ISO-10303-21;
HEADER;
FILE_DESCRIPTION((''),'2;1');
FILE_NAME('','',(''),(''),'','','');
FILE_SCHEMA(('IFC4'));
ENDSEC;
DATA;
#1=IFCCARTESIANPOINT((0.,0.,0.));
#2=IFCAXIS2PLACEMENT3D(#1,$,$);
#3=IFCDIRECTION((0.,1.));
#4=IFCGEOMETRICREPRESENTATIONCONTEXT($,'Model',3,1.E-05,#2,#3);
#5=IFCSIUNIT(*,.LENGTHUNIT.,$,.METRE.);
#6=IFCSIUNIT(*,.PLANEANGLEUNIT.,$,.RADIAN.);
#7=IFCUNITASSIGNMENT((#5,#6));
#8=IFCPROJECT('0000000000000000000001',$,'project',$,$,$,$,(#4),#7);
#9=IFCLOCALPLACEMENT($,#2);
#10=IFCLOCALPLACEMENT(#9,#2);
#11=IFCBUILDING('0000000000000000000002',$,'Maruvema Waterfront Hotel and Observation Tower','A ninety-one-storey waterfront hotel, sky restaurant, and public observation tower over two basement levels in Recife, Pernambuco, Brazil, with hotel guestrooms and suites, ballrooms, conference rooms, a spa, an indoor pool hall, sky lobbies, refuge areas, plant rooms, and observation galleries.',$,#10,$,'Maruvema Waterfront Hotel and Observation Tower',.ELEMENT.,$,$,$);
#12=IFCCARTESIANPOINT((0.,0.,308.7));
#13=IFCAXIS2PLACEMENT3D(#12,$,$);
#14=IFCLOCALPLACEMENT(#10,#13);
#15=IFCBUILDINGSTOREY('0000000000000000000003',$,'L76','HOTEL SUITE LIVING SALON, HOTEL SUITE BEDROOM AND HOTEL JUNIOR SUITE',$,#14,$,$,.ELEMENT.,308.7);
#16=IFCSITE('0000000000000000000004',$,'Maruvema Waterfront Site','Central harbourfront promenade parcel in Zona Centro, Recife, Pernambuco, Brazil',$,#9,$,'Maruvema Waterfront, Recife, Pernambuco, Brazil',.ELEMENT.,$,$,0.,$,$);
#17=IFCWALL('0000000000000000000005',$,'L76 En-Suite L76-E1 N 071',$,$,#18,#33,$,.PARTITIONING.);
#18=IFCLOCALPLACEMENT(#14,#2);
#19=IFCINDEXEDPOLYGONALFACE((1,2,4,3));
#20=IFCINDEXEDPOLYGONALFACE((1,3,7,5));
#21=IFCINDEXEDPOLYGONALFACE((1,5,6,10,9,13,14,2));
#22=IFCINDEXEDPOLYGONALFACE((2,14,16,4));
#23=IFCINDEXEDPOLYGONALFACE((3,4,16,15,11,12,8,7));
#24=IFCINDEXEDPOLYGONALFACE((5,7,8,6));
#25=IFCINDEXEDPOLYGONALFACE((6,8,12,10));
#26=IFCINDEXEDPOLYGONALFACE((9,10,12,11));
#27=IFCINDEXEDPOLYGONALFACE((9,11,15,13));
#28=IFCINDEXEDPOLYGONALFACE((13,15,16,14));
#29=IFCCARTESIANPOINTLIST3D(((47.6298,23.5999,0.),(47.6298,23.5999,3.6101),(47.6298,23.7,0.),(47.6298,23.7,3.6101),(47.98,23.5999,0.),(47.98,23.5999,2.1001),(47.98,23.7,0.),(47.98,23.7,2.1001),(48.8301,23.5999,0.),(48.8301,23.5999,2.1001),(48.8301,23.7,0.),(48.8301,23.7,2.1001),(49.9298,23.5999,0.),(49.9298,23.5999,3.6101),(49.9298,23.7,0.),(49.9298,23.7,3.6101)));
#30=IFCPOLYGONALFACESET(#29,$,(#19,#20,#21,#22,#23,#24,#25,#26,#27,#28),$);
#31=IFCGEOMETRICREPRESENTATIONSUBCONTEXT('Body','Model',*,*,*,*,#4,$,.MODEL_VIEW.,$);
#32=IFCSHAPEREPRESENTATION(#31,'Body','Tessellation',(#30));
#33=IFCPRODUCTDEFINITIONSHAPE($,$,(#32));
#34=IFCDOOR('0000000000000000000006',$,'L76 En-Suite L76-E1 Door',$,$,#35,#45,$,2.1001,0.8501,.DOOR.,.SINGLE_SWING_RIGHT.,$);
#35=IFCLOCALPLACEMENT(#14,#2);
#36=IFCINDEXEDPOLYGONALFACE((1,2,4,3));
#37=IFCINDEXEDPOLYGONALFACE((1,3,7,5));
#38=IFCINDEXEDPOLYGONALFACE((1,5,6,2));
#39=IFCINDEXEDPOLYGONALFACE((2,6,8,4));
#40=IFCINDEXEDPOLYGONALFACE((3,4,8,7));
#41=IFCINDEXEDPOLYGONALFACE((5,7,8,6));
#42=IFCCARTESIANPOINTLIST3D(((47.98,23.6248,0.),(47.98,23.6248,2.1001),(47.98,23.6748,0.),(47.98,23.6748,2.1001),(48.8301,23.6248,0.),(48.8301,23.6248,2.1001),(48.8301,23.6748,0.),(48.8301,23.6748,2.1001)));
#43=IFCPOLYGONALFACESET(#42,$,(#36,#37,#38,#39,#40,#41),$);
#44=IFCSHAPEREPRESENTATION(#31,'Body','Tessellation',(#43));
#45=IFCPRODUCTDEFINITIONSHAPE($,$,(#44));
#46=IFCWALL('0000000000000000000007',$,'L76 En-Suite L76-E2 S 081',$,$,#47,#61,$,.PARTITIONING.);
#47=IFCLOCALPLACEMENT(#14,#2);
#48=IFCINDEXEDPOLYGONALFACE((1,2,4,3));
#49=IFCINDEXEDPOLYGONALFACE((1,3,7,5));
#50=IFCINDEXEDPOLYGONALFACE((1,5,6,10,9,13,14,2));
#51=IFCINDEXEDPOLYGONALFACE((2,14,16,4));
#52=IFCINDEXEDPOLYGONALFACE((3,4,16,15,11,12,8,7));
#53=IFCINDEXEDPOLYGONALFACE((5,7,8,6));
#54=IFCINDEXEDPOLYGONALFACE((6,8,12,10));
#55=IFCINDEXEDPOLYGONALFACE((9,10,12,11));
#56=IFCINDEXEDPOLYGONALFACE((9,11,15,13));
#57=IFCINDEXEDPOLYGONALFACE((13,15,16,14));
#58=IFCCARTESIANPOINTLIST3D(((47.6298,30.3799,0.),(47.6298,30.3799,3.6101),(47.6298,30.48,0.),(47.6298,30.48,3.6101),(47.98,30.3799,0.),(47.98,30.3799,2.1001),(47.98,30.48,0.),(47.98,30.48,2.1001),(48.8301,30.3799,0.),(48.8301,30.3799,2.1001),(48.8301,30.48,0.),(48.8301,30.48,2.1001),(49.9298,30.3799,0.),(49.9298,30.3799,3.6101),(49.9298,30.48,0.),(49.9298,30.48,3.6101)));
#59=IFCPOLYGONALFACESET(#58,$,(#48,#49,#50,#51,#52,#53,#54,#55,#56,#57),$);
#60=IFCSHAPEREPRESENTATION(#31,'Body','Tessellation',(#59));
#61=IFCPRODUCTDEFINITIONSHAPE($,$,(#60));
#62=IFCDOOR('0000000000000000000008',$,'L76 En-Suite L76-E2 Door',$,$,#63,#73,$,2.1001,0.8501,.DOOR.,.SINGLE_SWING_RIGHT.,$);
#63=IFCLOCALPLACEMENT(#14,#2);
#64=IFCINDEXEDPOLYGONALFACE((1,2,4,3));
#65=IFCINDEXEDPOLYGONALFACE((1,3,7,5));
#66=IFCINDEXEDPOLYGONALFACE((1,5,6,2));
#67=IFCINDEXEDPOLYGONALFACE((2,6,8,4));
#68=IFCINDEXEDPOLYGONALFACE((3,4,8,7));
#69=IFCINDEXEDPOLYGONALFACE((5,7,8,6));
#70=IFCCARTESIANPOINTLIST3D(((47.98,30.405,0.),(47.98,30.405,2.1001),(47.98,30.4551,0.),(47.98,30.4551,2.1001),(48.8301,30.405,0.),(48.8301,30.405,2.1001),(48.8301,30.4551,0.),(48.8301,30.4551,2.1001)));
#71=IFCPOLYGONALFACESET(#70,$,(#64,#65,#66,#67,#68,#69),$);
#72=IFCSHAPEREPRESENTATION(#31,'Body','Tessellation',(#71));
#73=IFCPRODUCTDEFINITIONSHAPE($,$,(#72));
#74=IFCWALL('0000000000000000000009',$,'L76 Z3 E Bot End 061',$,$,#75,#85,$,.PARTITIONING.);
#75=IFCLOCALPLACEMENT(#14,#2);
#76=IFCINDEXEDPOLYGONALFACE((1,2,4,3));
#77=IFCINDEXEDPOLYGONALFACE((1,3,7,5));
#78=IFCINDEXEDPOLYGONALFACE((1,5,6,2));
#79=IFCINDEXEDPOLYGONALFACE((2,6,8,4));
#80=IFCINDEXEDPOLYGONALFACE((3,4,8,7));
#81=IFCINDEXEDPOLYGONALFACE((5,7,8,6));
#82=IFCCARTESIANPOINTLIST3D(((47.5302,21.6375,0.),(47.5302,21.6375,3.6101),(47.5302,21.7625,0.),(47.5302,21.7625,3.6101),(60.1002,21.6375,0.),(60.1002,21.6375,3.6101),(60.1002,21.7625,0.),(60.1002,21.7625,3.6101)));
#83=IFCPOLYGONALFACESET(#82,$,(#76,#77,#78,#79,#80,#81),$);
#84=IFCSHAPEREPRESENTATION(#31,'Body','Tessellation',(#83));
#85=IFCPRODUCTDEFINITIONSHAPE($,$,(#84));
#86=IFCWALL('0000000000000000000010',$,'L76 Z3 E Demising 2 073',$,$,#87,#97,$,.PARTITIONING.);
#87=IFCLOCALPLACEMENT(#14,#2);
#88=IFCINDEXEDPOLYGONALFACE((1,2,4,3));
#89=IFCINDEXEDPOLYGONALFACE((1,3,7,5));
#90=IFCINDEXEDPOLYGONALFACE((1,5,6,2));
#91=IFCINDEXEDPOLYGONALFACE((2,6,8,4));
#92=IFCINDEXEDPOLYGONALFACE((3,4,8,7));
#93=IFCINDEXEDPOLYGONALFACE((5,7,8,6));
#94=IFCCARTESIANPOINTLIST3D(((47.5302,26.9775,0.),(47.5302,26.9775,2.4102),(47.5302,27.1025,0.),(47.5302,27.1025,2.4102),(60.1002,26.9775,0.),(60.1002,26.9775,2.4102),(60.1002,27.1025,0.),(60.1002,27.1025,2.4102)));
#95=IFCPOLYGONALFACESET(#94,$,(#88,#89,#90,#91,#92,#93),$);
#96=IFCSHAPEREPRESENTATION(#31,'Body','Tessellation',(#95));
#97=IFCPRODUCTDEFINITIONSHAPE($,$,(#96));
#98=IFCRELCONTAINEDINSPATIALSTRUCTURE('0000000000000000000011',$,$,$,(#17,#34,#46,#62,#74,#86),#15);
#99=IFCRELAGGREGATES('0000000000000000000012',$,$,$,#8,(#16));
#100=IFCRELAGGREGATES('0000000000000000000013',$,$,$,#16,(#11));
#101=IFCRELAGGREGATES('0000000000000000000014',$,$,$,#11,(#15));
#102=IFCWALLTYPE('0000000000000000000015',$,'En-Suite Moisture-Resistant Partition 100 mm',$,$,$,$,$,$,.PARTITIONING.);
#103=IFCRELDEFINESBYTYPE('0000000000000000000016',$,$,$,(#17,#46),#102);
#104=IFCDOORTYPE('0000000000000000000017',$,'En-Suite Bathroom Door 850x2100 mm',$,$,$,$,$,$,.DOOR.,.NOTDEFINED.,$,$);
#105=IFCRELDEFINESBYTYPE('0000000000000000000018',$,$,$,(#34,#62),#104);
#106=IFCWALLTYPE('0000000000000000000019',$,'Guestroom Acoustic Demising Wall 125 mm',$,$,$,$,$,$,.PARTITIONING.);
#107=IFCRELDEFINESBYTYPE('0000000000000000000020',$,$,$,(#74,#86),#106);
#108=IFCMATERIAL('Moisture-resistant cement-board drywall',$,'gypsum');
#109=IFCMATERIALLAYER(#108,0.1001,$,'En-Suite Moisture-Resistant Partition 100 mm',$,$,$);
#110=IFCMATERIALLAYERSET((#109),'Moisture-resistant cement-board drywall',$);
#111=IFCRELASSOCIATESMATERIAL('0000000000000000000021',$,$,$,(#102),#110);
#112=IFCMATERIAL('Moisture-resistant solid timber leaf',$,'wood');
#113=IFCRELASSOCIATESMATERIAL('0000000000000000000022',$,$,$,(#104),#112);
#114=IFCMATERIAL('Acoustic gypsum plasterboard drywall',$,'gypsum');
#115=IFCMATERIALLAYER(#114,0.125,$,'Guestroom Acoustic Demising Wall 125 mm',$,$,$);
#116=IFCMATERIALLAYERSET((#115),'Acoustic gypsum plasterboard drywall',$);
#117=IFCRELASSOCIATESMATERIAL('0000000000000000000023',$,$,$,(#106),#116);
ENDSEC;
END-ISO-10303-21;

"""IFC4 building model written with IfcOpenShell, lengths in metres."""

from ifc_helpers import new_model, si_unit, direction, frame, frame_2d, origin, place, context, subcontext, project, spatial, rectangle, extrude, material, layer, layer_set, type_object, element, fill, save


model = new_model("IFC4")

# Units and contexts
model_context = context("Model", 3, precision=1e-05, world=origin(), true_north=direction((0.0, 1.0)))
body_context = subcontext(model_context, "Body", "Model", "MODEL_VIEW")
ifc_project = project(units=[si_unit("LENGTHUNIT", "METRE"), si_unit("PLANEANGLEUNIT", "RADIAN")], contexts=[model_context])

# Site, building, storey
site_placement = place(None, origin())
site = spatial("IfcSite", under=ifc_project, at=site_placement, Name="Maruvema Waterfront Site", Description="Central harbourfront promenade parcel in Zona Centro, Recife, Pernambuco, Brazil", LongName="Maruvema Waterfront, Recife, Pernambuco, Brazil", CompositionType="ELEMENT", RefElevation=0.0)
building_placement = place(site_placement, origin())
building = spatial("IfcBuilding", under=site, at=building_placement, Name="Maruvema Waterfront Hotel and Observation Tower", Description="A ninety-one-storey waterfront hotel, sky restaurant, and public observation tower over two basement levels in Recife, Pernambuco, Brazil, with hotel guestrooms and suites, ballrooms, conference rooms, a spa, an indoor pool hall, sky lobbies, refuge areas, plant rooms, and observation galleries.", LongName="Maruvema Waterfront Hotel and Observation Tower", CompositionType="ELEMENT")
storey_placement = place(building_placement, frame((0.0, 0.0, 308.7)))
storey = spatial("IfcBuildingStorey", under=building, at=storey_placement, Name="L76", Description="HOTEL SUITE LIVING SALON, HOTEL SUITE BEDROOM AND HOTEL JUNIOR SUITE", CompositionType="ELEMENT", Elevation=308.7)

# Shared definitions
ifc_material_1 = material(Name="Moisture-resistant cement-board drywall", Category="gypsum")
ifc_layer_1 = layer(ifc_material_1, 0.1001, Name="En-Suite Moisture-Resistant Partition 100 mm")
ifc_layer_set_1 = layer_set([ifc_layer_1], Name="Moisture-resistant cement-board drywall")
wall_type_1 = type_object("IfcWallType", Name="En-Suite Moisture-Resistant Partition 100 mm", PredefinedType="PARTITIONING", material=ifc_layer_set_1)

# Walls, openings, doors
ifc_material_2 = material(Name="Moisture-resistant solid timber leaf", Category="wood")
door_type_1 = type_object("IfcDoorType", Name="En-Suite Bathroom Door 850x2100 mm", OperationType="NOTDEFINED", PredefinedType="DOOR", material=ifc_material_2)
wall_1_placement = place(storey_placement, frame((47.6299, 23.6499, 0.0), z_axis=(0.0, 0.0, 1.0), x_axis=(1.0, 0.0, 0.0)))
wall_1 = element("IfcWall", 1, at=wall_1_placement, inside=storey, type_object=wall_type_1, Name="L76 En-Suite L76-E1 N 071", PredefinedType="PARTITIONING", context=body_context, shape_type="SweptSolid", body=[
    extrude(rectangle(XDim=2.3, YDim=0.1001, at=frame_2d((1.1499, 0.0))), origin(), (0.0, 0.0, 1.0), 3.6101),
])
opening_1_placement = place(wall_1_placement, frame((0.3501, 0.0, 0.0)))
opening_1 = element("IfcOpeningElement", 2, at=opening_1_placement, cuts=wall_1, PredefinedType="OPENING", context=body_context, shape_type="SweptSolid", body=[
    extrude(rectangle(XDim=0.8501, YDim=2.1001, at=frame_2d((0.425, 1.05))), frame((0.0, 0.0601, 0.0), z_axis=(0.0, -1.0, 0.0), x_axis=(1.0, 0.0, 0.0)), (0.0, 0.0, 1.0), 0.1201),
])
door_1_placement = place(opening_1_placement, origin())
door_1 = element("IfcDoor", 3, at=door_1_placement, inside=storey, type_object=door_type_1, Name="L76 En-Suite L76-E1 Door", OperationType="SINGLE_SWING_RIGHT", OverallHeight=2.1001, OverallWidth=0.8501, PredefinedType="DOOR", context=body_context, shape_type="SweptSolid", body=[
    extrude(rectangle(XDim=0.8501, YDim=2.1001, at=frame_2d((0.425, 1.05))), frame((0.0, 0.0249, 0.0), z_axis=(0.0, -1.0, 0.0), x_axis=(1.0, 0.0, 0.0)), (0.0, 0.0, 1.0), 0.05),
])
fill(opening_1, door_1)
wall_2_placement = place(storey_placement, frame((47.6299, 30.4299, 0.0), z_axis=(0.0, 0.0, 1.0), x_axis=(1.0, 0.0, 0.0)))
wall_2 = element("IfcWall", 4, at=wall_2_placement, inside=storey, type_object=wall_type_1, Name="L76 En-Suite L76-E2 S 081", PredefinedType="PARTITIONING", context=body_context, shape_type="SweptSolid", body=[
    extrude(rectangle(XDim=2.3, YDim=0.1001, at=frame_2d((1.1499, 0.0))), origin(), (0.0, 0.0, 1.0), 3.6101),
])
opening_2_placement = place(wall_2_placement, frame((0.3501, 0.0, 0.0)))
opening_2 = element("IfcOpeningElement", 5, at=opening_2_placement, cuts=wall_2, PredefinedType="OPENING", context=body_context, shape_type="SweptSolid", body=[
    extrude(rectangle(XDim=0.8501, YDim=2.1001, at=frame_2d((0.425, 1.05))), frame((0.0, 0.0601, 0.0), z_axis=(0.0, -1.0, 0.0), x_axis=(1.0, 0.0, 0.0)), (0.0, 0.0, 1.0), 0.1201),
])
door_2_placement = place(opening_2_placement, frame((0.8501, 0.0, 0.0), z_axis=(0.0, 0.0, 1.0), x_axis=(-1.0, 0.0, 0.0)))
door_2 = element("IfcDoor", 6, at=door_2_placement, inside=storey, type_object=door_type_1, Name="L76 En-Suite L76-E2 Door", OperationType="SINGLE_SWING_RIGHT", OverallHeight=2.1001, OverallWidth=0.8501, PredefinedType="DOOR", context=body_context, shape_type="SweptSolid", body=[
    extrude(rectangle(XDim=0.8501, YDim=2.1001, at=frame_2d((0.425, 1.05))), frame((0.0, 0.0249, 0.0), z_axis=(0.0, -1.0, 0.0), x_axis=(1.0, 0.0, 0.0)), (0.0, 0.0, 1.0), 0.05),
])
fill(opening_2, door_2)

# Walls
ifc_material_3 = material(Name="Acoustic gypsum plasterboard drywall", Category="gypsum")
ifc_layer_2 = layer(ifc_material_3, 0.125, Name="Guestroom Acoustic Demising Wall 125 mm")
ifc_layer_set_2 = layer_set([ifc_layer_2], Name="Acoustic gypsum plasterboard drywall")
wall_type_2 = type_object("IfcWallType", Name="Guestroom Acoustic Demising Wall 125 mm", PredefinedType="PARTITIONING", material=ifc_layer_set_2)
wall_3_placement = place(storey_placement, frame((47.53, 21.7, 0.0), z_axis=(0.0, 0.0, 1.0), x_axis=(1.0, 0.0, 0.0)))
element("IfcWall", 7, at=wall_3_placement, inside=storey, type_object=wall_type_2, Name="L76 Z3 E Bot End 061", PredefinedType="PARTITIONING", context=body_context, shape_type="SweptSolid", body=[
    extrude(rectangle(XDim=12.5701, YDim=0.125, at=frame_2d((6.2852, 0.0))), origin(), (0.0, 0.0, 1.0), 3.6101),
])
wall_4_placement = place(storey_placement, frame((47.53, 27.04, 0.0), z_axis=(0.0, 0.0, 1.0), x_axis=(1.0, 0.0, 0.0)))
element("IfcWall", 8, at=wall_4_placement, inside=storey, type_object=wall_type_2, Name="L76 Z3 E Demising 2 073", PredefinedType="PARTITIONING", context=body_context, shape_type="SweptSolid", body=[
    extrude(rectangle(XDim=12.5701, YDim=0.125, at=frame_2d((6.2852, 0.0))), origin(), (0.0, 0.0, 1.0), 2.4102),
])

save(model, "model.ifc")
